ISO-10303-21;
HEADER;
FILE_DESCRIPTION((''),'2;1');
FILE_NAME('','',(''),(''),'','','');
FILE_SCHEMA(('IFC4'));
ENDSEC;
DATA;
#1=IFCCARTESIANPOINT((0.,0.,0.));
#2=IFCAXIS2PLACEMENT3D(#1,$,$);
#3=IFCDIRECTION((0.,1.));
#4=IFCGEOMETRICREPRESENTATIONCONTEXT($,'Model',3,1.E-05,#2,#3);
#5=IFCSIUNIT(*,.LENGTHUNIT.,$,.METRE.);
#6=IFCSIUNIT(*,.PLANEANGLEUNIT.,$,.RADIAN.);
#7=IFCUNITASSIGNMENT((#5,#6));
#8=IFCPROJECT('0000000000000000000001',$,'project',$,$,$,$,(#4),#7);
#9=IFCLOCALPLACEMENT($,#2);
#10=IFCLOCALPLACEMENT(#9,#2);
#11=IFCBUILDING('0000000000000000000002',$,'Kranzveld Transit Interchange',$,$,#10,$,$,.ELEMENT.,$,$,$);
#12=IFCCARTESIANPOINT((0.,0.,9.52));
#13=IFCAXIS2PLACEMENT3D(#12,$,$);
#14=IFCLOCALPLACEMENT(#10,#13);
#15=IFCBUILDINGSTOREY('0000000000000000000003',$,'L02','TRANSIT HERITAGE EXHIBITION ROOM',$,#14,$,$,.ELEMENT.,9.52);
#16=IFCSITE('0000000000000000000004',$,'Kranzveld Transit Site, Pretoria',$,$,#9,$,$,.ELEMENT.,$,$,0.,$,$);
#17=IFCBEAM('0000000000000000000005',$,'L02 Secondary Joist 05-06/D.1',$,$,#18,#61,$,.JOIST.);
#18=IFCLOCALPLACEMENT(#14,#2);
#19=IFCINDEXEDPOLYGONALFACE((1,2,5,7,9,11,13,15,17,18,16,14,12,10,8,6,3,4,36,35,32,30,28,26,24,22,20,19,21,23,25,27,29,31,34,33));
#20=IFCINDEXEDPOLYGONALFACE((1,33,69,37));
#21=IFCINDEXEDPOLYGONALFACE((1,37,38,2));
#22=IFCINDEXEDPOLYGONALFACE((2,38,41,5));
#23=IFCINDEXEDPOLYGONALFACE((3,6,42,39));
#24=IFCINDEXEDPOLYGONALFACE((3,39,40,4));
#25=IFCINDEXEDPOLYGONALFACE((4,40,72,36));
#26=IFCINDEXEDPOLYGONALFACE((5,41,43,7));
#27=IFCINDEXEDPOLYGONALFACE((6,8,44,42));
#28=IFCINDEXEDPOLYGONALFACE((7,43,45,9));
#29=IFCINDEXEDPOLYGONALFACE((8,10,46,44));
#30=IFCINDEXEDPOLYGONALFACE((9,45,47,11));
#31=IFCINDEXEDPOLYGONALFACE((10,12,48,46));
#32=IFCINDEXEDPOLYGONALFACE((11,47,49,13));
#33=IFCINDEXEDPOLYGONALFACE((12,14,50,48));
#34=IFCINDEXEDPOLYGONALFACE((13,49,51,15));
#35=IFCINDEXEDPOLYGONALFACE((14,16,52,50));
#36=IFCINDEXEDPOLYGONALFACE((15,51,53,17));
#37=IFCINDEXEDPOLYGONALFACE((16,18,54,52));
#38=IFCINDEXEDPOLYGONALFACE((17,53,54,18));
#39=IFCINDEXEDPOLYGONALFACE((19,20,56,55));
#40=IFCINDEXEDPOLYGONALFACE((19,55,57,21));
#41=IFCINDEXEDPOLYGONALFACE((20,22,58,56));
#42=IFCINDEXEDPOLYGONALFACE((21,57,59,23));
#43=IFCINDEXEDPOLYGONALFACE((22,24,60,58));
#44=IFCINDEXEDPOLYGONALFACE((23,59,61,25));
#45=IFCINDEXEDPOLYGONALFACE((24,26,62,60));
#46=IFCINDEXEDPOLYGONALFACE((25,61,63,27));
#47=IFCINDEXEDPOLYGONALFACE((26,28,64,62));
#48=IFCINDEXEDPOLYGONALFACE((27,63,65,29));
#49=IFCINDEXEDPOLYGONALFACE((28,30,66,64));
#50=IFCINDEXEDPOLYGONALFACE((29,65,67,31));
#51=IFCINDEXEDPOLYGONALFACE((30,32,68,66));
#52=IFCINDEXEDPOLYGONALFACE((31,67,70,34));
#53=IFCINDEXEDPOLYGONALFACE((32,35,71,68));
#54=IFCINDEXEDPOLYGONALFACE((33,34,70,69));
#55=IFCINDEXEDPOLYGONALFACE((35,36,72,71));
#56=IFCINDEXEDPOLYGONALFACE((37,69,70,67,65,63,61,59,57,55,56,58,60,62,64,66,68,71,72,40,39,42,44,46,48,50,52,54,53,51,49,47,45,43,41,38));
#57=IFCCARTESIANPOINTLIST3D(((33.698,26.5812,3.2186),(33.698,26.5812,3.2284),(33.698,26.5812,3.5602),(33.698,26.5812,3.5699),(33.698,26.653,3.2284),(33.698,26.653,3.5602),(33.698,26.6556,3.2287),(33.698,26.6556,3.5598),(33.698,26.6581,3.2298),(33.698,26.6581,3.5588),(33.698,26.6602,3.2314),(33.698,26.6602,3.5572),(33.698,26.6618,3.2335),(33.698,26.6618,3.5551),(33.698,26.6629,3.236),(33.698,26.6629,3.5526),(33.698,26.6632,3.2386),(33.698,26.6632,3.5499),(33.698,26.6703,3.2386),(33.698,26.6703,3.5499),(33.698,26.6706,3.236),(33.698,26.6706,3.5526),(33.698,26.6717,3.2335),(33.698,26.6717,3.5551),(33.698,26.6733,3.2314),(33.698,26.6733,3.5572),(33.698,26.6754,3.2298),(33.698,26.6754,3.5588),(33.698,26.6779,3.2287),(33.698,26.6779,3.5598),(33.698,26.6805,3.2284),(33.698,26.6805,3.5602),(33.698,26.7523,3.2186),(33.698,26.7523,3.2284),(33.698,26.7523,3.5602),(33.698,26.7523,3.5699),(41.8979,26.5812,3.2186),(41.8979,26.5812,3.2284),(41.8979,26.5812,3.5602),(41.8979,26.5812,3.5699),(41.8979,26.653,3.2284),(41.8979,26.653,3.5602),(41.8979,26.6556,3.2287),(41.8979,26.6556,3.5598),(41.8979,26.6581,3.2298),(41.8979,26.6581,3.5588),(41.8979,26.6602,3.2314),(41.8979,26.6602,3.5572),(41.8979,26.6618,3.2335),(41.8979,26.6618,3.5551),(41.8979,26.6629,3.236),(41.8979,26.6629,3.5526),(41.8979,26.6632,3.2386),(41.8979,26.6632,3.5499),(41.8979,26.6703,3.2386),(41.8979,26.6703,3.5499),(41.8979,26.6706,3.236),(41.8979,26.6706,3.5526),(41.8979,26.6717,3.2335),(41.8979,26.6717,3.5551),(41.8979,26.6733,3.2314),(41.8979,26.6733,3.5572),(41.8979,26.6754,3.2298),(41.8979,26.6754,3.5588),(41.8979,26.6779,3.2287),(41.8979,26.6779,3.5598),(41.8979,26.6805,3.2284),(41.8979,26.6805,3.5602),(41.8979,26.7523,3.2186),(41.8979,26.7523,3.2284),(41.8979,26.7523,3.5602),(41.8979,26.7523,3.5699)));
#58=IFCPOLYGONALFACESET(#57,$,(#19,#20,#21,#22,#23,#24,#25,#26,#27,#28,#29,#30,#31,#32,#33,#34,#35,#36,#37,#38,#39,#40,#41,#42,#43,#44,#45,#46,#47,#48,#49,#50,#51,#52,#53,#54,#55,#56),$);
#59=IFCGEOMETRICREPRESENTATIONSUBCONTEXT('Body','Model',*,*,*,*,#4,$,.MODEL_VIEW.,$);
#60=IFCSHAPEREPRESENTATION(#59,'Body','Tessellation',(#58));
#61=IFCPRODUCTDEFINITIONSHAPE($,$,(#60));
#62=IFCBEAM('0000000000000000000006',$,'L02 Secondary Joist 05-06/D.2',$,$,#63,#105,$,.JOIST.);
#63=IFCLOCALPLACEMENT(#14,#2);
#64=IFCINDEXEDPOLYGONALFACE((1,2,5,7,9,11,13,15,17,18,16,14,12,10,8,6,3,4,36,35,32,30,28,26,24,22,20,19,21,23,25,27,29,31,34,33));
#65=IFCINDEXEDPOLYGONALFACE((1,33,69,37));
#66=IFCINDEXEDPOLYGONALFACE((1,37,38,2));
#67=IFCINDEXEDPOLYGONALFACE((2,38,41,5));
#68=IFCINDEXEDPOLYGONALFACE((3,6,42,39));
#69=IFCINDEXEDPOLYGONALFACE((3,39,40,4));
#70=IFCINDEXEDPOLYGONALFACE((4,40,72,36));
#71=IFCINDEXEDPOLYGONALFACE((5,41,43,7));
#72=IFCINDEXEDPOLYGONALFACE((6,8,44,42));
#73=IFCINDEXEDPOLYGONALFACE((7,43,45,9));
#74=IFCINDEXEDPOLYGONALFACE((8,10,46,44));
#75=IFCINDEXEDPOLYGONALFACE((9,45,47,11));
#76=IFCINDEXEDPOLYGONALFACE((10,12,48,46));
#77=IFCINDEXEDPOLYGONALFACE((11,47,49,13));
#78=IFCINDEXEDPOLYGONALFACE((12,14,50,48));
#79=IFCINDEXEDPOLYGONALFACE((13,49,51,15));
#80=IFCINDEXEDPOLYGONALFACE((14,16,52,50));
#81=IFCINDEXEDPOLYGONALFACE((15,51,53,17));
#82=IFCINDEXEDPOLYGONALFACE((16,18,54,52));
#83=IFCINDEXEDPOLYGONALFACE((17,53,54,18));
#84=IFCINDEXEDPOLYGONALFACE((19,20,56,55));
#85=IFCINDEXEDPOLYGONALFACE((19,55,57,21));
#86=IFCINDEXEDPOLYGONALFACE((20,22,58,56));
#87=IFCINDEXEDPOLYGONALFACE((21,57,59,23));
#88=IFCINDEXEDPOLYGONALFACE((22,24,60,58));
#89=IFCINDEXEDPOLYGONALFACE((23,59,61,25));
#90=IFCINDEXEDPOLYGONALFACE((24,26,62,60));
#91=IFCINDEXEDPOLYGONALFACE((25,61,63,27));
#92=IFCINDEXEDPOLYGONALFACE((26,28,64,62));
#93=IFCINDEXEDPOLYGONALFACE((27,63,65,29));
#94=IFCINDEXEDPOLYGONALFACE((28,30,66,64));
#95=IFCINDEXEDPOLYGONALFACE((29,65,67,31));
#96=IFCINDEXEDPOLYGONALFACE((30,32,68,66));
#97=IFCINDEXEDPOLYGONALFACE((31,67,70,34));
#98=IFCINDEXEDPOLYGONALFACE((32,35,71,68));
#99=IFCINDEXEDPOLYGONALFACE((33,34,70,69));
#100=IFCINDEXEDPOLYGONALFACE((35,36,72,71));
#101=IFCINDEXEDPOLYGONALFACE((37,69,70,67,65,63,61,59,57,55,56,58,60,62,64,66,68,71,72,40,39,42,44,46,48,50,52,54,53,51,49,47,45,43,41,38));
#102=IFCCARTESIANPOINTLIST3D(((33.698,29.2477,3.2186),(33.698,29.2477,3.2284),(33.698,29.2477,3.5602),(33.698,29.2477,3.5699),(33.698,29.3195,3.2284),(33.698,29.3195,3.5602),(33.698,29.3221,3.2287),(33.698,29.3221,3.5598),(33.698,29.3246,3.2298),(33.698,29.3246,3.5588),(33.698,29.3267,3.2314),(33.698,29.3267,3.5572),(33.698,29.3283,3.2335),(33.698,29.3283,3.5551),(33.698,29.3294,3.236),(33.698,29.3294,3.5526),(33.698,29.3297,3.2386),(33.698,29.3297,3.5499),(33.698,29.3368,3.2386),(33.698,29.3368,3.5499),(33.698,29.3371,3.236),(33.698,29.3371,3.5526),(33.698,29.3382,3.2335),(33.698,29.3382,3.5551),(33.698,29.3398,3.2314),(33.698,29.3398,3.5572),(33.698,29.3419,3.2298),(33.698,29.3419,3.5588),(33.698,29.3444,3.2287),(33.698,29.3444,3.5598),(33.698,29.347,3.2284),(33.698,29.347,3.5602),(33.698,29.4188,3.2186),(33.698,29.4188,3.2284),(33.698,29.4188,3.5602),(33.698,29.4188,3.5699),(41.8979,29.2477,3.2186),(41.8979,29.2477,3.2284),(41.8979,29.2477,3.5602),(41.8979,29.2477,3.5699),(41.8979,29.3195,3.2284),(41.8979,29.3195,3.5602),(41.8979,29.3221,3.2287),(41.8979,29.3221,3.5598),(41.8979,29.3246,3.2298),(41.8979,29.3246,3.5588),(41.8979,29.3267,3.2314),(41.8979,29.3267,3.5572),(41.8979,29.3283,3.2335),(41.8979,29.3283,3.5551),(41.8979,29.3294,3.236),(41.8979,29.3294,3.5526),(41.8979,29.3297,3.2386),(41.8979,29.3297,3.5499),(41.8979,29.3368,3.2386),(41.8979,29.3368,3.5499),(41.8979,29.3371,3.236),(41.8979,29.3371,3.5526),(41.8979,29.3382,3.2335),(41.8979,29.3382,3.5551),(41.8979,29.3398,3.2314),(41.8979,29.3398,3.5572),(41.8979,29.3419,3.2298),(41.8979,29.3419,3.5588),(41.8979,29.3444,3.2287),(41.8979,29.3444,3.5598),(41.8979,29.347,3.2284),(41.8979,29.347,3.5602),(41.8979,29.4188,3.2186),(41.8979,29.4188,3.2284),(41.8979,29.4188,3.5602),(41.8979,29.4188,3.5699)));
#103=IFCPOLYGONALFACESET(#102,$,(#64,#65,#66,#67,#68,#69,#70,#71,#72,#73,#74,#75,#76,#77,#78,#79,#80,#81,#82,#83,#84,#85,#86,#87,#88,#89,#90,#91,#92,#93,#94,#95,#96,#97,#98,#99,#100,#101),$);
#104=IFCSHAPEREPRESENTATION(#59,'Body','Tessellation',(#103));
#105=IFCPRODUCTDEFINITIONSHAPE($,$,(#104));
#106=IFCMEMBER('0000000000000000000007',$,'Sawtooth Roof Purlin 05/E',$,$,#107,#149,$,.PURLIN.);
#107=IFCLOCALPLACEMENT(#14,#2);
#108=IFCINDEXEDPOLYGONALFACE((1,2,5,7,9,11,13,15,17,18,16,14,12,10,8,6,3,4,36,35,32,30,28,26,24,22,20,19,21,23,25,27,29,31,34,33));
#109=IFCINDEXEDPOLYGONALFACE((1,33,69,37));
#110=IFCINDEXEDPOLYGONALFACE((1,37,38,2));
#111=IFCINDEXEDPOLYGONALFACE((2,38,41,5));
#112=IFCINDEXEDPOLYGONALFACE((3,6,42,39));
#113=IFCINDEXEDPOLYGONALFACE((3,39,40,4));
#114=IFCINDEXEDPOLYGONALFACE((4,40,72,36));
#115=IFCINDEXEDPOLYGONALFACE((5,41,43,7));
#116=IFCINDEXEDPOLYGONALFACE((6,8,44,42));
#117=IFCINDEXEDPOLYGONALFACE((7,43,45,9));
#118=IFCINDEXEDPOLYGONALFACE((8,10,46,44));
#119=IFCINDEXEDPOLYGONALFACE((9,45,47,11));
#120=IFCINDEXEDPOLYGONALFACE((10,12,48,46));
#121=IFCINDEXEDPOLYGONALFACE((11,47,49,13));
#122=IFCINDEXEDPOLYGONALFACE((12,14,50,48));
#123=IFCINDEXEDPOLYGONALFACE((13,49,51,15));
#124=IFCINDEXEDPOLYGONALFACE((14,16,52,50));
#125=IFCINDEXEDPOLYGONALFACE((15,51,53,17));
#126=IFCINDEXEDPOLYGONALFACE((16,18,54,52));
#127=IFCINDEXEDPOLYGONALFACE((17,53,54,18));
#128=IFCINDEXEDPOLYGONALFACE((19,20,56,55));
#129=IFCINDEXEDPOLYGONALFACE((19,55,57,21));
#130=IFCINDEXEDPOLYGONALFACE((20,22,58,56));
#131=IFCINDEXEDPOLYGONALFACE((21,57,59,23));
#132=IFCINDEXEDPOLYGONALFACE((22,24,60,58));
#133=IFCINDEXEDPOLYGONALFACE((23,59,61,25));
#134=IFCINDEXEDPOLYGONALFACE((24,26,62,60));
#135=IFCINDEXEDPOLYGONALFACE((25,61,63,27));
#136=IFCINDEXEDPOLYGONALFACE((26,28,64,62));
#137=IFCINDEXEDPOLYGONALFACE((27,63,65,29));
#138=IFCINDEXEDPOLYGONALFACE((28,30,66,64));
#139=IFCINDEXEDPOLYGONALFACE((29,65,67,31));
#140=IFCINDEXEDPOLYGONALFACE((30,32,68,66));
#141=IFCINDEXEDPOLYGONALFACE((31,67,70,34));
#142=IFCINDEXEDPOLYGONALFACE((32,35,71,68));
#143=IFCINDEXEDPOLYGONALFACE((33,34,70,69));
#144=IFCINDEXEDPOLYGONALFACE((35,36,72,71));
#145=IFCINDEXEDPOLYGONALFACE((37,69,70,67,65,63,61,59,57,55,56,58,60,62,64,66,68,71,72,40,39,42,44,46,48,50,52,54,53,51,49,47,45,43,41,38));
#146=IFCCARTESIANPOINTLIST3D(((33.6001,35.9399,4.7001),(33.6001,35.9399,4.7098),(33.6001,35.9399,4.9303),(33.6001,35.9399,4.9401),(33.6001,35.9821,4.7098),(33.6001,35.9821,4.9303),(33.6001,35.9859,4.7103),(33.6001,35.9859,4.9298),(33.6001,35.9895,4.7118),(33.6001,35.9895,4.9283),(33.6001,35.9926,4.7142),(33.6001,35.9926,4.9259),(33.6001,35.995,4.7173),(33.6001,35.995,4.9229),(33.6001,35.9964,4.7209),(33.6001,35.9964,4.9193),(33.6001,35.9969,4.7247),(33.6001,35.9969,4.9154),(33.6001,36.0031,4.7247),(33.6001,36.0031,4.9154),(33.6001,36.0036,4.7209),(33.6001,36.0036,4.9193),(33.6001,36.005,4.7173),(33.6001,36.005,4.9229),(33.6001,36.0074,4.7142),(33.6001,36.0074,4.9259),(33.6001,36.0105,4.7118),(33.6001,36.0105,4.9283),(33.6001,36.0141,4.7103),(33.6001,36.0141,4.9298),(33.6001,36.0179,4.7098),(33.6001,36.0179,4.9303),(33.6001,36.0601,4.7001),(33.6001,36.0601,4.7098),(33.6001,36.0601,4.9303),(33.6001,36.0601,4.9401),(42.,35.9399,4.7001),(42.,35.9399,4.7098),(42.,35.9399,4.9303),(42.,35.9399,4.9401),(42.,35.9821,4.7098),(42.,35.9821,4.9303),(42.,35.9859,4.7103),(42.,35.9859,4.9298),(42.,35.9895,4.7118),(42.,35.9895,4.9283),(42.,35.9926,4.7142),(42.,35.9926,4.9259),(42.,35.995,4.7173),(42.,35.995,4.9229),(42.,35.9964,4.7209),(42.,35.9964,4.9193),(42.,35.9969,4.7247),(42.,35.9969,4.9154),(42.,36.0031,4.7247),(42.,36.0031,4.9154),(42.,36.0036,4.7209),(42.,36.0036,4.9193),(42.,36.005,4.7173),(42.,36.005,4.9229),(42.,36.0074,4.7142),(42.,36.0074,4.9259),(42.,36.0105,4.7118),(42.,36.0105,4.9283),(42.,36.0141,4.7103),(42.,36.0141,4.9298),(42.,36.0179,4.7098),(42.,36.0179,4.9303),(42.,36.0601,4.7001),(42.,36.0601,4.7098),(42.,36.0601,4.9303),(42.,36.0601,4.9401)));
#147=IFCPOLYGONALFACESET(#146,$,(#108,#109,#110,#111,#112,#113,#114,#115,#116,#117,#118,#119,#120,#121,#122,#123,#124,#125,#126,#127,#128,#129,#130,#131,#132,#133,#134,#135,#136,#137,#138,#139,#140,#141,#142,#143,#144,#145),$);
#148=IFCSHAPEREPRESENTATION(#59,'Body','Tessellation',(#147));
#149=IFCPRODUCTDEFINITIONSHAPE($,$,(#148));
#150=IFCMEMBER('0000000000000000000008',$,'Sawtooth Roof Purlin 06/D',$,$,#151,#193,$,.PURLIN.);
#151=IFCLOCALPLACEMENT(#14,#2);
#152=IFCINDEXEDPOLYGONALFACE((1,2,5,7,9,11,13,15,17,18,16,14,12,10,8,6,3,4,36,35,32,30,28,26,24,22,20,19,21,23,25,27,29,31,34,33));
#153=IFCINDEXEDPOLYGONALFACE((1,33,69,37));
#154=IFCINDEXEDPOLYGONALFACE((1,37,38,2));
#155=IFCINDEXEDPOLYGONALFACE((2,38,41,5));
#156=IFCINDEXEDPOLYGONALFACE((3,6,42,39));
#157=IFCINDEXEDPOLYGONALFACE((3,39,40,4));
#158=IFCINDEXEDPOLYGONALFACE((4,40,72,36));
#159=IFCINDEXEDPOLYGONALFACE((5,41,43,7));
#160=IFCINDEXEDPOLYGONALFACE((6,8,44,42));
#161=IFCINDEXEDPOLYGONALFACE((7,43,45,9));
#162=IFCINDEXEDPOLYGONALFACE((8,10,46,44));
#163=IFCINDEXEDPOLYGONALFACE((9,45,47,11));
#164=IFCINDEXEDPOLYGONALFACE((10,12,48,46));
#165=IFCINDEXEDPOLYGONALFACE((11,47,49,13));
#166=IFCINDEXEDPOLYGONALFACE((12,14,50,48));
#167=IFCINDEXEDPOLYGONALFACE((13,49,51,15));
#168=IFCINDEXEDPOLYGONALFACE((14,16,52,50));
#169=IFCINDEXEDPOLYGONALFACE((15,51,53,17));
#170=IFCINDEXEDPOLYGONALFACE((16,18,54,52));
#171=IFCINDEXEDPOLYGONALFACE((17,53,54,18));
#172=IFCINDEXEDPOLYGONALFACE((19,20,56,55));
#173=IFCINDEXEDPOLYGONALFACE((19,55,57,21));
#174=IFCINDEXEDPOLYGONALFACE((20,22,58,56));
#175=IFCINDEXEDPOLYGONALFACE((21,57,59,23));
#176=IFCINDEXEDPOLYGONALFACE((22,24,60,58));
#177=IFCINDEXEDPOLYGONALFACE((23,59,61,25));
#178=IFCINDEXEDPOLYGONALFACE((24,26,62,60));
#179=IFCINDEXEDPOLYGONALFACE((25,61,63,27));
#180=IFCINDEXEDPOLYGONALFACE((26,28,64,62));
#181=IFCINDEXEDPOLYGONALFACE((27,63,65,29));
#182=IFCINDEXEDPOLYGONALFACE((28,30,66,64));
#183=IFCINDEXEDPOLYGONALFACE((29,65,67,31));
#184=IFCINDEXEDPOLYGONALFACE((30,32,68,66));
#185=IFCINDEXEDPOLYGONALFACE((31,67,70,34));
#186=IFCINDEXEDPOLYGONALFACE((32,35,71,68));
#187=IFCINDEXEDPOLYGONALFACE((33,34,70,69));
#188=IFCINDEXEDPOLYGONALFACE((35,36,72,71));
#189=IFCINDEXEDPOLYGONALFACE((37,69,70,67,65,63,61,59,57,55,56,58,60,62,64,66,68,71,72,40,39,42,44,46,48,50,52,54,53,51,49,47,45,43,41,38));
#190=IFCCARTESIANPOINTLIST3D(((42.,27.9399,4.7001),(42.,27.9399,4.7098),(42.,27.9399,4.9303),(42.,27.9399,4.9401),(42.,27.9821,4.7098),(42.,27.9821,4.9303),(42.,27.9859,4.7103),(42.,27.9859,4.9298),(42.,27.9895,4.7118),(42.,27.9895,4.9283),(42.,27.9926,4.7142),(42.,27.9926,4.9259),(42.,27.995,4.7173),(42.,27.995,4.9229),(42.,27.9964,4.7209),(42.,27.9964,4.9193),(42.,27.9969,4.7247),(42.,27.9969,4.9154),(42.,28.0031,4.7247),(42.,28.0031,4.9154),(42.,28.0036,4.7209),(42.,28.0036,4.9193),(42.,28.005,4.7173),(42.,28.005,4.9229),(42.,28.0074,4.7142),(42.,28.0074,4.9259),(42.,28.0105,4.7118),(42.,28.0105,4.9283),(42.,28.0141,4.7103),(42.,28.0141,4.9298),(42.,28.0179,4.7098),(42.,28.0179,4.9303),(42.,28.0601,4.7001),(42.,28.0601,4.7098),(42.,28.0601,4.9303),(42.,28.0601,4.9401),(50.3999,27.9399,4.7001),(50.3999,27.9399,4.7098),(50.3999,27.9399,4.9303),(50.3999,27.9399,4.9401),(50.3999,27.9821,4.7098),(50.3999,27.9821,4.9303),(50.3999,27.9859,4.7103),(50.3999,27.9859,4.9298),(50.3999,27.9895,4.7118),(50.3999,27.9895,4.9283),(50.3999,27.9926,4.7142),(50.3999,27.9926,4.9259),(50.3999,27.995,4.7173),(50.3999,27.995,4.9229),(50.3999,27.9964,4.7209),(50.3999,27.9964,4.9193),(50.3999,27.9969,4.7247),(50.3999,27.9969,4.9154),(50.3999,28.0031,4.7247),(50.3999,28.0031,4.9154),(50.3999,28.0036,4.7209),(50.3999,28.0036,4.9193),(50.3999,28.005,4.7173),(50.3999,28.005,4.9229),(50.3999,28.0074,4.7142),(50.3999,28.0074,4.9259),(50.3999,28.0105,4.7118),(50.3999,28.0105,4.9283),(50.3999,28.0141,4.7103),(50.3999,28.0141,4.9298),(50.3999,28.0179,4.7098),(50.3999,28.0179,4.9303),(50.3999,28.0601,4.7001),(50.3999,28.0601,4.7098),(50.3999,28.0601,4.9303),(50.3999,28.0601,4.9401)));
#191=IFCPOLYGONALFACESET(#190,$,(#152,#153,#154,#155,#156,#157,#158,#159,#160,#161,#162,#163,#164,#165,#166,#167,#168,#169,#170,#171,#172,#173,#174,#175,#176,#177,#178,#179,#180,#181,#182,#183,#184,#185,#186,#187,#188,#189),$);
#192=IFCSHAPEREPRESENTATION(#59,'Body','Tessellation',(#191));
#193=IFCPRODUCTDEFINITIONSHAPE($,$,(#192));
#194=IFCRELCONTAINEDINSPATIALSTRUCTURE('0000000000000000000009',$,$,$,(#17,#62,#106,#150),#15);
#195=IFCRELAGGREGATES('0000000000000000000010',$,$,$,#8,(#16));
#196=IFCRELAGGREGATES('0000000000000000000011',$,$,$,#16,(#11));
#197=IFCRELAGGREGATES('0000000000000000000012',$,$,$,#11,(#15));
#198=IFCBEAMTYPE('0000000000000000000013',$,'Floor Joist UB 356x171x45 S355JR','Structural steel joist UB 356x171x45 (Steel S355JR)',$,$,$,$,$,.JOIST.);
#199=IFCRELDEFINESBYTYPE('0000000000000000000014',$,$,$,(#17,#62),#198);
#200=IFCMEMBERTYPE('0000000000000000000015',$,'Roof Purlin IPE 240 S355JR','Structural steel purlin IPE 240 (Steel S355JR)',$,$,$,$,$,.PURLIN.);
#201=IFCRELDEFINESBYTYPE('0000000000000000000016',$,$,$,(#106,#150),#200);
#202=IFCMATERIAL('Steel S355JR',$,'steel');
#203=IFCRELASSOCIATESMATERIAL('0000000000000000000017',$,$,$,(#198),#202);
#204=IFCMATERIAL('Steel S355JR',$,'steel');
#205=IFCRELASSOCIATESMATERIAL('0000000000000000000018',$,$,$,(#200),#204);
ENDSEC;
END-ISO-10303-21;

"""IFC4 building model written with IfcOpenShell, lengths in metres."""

from ifc_helpers import new_model, si_unit, direction, frame, origin, origin_2d, place, context, subcontext, project, spatial, i_section, extrude, material, material_profile, profile_set, type_object, element, save


model = new_model("IFC4")

# Units and contexts
model_context = context("Model", 3, precision=1e-05, world=origin(), true_north=direction((0.0, 1.0)))
body_context = subcontext(model_context, "Body", "Model", "MODEL_VIEW")
ifc_project = project(units=[si_unit("LENGTHUNIT", "METRE"), si_unit("PLANEANGLEUNIT", "RADIAN")], contexts=[model_context])

# Site, building, storey
site_placement = place(None, origin())
site = spatial("IfcSite", under=ifc_project, at=site_placement, Name="Kranzveld Transit Site, Pretoria", CompositionType="ELEMENT", RefElevation=0.0)
building_placement = place(site_placement, origin())
building = spatial("IfcBuilding", under=site, at=building_placement, Name="Kranzveld Transit Interchange", CompositionType="ELEMENT")
storey_placement = place(building_placement, frame((0.0, 0.0, 9.52)))
storey = spatial("IfcBuildingStorey", under=building, at=storey_placement, Name="L02", Description="TRANSIT HERITAGE EXHIBITION ROOM", CompositionType="ELEMENT", Elevation=9.52)

# Beams
ifc_material_1 = material(Name="Steel S355JR", Category="steel")
ifc_material_profile_1 = material_profile(ifc_material_1, i_section(OverallWidth=0.1711, OverallDepth=0.3513, WebThickness=0.0071, FlangeThickness=0.0098, FilletRadius=0.0103, at=origin_2d()), Name="UB 356x171x45")
ifc_profile_set_1 = profile_set([ifc_material_profile_1], Name="Steel S355JR")
beam_type_1 = type_object("IfcBeamType", Name="Floor Joist UB 356x171x45 S355JR", Description="Structural steel joist UB 356x171x45 (Steel S355JR)", PredefinedType="JOIST", material=ifc_profile_set_1)
for number, where, z_axis, x_axis, name in (
    (1, (33.698, 26.6667, 3.3943), (1.0, 0.0, 0.0), (0.0, 1.0, 0.0), "L02 Secondary Joist 05-06/D.1"),
    (2, (33.698, 29.3333, 3.3943), (1.0, 0.0, 0.0), (0.0, 1.0, 0.0), "L02 Secondary Joist 05-06/D.2"),
):
    element("IfcBeam", number, at=place(storey_placement, frame(where, z_axis=z_axis, x_axis=x_axis)), inside=storey, type_object=beam_type_1, Name=name, PredefinedType="JOIST", context=body_context, shape_type="SweptSolid", body=[
        extrude(i_section(OverallWidth=0.1711, OverallDepth=0.3513, WebThickness=0.0071, FlangeThickness=0.0098, FilletRadius=0.0103, at=origin_2d()), origin(), (0.0, 0.0, 1.0), 8.2),
    ])

# Members
ifc_material_2 = material(Name="Steel S355JR", Category="steel")
ifc_material_profile_2 = material_profile(ifc_material_2, i_section(OverallWidth=0.1201, OverallDepth=0.24, WebThickness=0.0061, FlangeThickness=0.0098, FilletRadius=0.0149, at=origin_2d()), Name="IPE 240")
ifc_profile_set_2 = profile_set([ifc_material_profile_2], Name="Steel S355JR")
member_type_1 = type_object("IfcMemberType", Name="Roof Purlin IPE 240 S355JR", Description="Structural steel purlin IPE 240 (Steel S355JR)", PredefinedType="PURLIN", material=ifc_profile_set_2)
for number, where, z_axis, x_axis, name in (
    (3, (33.6001, 36.0, 4.8201), (1.0, 0.0, 0.0), (0.0, 1.0, 0.0), "Sawtooth Roof Purlin 05/E"),
    (4, (42.0, 28.0, 4.8201), (1.0, 0.0, 0.0), (0.0, 1.0, 0.0), "Sawtooth Roof Purlin 06/D"),
):
    element("IfcMember", number, at=place(storey_placement, frame(where, z_axis=z_axis, x_axis=x_axis)), inside=storey, type_object=member_type_1, Name=name, PredefinedType="PURLIN", context=body_context, shape_type="SweptSolid", body=[
        extrude(i_section(OverallWidth=0.1201, OverallDepth=0.24, WebThickness=0.0061, FlangeThickness=0.0098, FilletRadius=0.0149, at=origin_2d()), origin(), (0.0, 0.0, 1.0), 8.3999),
    ])

save(model, "model.ifc")
